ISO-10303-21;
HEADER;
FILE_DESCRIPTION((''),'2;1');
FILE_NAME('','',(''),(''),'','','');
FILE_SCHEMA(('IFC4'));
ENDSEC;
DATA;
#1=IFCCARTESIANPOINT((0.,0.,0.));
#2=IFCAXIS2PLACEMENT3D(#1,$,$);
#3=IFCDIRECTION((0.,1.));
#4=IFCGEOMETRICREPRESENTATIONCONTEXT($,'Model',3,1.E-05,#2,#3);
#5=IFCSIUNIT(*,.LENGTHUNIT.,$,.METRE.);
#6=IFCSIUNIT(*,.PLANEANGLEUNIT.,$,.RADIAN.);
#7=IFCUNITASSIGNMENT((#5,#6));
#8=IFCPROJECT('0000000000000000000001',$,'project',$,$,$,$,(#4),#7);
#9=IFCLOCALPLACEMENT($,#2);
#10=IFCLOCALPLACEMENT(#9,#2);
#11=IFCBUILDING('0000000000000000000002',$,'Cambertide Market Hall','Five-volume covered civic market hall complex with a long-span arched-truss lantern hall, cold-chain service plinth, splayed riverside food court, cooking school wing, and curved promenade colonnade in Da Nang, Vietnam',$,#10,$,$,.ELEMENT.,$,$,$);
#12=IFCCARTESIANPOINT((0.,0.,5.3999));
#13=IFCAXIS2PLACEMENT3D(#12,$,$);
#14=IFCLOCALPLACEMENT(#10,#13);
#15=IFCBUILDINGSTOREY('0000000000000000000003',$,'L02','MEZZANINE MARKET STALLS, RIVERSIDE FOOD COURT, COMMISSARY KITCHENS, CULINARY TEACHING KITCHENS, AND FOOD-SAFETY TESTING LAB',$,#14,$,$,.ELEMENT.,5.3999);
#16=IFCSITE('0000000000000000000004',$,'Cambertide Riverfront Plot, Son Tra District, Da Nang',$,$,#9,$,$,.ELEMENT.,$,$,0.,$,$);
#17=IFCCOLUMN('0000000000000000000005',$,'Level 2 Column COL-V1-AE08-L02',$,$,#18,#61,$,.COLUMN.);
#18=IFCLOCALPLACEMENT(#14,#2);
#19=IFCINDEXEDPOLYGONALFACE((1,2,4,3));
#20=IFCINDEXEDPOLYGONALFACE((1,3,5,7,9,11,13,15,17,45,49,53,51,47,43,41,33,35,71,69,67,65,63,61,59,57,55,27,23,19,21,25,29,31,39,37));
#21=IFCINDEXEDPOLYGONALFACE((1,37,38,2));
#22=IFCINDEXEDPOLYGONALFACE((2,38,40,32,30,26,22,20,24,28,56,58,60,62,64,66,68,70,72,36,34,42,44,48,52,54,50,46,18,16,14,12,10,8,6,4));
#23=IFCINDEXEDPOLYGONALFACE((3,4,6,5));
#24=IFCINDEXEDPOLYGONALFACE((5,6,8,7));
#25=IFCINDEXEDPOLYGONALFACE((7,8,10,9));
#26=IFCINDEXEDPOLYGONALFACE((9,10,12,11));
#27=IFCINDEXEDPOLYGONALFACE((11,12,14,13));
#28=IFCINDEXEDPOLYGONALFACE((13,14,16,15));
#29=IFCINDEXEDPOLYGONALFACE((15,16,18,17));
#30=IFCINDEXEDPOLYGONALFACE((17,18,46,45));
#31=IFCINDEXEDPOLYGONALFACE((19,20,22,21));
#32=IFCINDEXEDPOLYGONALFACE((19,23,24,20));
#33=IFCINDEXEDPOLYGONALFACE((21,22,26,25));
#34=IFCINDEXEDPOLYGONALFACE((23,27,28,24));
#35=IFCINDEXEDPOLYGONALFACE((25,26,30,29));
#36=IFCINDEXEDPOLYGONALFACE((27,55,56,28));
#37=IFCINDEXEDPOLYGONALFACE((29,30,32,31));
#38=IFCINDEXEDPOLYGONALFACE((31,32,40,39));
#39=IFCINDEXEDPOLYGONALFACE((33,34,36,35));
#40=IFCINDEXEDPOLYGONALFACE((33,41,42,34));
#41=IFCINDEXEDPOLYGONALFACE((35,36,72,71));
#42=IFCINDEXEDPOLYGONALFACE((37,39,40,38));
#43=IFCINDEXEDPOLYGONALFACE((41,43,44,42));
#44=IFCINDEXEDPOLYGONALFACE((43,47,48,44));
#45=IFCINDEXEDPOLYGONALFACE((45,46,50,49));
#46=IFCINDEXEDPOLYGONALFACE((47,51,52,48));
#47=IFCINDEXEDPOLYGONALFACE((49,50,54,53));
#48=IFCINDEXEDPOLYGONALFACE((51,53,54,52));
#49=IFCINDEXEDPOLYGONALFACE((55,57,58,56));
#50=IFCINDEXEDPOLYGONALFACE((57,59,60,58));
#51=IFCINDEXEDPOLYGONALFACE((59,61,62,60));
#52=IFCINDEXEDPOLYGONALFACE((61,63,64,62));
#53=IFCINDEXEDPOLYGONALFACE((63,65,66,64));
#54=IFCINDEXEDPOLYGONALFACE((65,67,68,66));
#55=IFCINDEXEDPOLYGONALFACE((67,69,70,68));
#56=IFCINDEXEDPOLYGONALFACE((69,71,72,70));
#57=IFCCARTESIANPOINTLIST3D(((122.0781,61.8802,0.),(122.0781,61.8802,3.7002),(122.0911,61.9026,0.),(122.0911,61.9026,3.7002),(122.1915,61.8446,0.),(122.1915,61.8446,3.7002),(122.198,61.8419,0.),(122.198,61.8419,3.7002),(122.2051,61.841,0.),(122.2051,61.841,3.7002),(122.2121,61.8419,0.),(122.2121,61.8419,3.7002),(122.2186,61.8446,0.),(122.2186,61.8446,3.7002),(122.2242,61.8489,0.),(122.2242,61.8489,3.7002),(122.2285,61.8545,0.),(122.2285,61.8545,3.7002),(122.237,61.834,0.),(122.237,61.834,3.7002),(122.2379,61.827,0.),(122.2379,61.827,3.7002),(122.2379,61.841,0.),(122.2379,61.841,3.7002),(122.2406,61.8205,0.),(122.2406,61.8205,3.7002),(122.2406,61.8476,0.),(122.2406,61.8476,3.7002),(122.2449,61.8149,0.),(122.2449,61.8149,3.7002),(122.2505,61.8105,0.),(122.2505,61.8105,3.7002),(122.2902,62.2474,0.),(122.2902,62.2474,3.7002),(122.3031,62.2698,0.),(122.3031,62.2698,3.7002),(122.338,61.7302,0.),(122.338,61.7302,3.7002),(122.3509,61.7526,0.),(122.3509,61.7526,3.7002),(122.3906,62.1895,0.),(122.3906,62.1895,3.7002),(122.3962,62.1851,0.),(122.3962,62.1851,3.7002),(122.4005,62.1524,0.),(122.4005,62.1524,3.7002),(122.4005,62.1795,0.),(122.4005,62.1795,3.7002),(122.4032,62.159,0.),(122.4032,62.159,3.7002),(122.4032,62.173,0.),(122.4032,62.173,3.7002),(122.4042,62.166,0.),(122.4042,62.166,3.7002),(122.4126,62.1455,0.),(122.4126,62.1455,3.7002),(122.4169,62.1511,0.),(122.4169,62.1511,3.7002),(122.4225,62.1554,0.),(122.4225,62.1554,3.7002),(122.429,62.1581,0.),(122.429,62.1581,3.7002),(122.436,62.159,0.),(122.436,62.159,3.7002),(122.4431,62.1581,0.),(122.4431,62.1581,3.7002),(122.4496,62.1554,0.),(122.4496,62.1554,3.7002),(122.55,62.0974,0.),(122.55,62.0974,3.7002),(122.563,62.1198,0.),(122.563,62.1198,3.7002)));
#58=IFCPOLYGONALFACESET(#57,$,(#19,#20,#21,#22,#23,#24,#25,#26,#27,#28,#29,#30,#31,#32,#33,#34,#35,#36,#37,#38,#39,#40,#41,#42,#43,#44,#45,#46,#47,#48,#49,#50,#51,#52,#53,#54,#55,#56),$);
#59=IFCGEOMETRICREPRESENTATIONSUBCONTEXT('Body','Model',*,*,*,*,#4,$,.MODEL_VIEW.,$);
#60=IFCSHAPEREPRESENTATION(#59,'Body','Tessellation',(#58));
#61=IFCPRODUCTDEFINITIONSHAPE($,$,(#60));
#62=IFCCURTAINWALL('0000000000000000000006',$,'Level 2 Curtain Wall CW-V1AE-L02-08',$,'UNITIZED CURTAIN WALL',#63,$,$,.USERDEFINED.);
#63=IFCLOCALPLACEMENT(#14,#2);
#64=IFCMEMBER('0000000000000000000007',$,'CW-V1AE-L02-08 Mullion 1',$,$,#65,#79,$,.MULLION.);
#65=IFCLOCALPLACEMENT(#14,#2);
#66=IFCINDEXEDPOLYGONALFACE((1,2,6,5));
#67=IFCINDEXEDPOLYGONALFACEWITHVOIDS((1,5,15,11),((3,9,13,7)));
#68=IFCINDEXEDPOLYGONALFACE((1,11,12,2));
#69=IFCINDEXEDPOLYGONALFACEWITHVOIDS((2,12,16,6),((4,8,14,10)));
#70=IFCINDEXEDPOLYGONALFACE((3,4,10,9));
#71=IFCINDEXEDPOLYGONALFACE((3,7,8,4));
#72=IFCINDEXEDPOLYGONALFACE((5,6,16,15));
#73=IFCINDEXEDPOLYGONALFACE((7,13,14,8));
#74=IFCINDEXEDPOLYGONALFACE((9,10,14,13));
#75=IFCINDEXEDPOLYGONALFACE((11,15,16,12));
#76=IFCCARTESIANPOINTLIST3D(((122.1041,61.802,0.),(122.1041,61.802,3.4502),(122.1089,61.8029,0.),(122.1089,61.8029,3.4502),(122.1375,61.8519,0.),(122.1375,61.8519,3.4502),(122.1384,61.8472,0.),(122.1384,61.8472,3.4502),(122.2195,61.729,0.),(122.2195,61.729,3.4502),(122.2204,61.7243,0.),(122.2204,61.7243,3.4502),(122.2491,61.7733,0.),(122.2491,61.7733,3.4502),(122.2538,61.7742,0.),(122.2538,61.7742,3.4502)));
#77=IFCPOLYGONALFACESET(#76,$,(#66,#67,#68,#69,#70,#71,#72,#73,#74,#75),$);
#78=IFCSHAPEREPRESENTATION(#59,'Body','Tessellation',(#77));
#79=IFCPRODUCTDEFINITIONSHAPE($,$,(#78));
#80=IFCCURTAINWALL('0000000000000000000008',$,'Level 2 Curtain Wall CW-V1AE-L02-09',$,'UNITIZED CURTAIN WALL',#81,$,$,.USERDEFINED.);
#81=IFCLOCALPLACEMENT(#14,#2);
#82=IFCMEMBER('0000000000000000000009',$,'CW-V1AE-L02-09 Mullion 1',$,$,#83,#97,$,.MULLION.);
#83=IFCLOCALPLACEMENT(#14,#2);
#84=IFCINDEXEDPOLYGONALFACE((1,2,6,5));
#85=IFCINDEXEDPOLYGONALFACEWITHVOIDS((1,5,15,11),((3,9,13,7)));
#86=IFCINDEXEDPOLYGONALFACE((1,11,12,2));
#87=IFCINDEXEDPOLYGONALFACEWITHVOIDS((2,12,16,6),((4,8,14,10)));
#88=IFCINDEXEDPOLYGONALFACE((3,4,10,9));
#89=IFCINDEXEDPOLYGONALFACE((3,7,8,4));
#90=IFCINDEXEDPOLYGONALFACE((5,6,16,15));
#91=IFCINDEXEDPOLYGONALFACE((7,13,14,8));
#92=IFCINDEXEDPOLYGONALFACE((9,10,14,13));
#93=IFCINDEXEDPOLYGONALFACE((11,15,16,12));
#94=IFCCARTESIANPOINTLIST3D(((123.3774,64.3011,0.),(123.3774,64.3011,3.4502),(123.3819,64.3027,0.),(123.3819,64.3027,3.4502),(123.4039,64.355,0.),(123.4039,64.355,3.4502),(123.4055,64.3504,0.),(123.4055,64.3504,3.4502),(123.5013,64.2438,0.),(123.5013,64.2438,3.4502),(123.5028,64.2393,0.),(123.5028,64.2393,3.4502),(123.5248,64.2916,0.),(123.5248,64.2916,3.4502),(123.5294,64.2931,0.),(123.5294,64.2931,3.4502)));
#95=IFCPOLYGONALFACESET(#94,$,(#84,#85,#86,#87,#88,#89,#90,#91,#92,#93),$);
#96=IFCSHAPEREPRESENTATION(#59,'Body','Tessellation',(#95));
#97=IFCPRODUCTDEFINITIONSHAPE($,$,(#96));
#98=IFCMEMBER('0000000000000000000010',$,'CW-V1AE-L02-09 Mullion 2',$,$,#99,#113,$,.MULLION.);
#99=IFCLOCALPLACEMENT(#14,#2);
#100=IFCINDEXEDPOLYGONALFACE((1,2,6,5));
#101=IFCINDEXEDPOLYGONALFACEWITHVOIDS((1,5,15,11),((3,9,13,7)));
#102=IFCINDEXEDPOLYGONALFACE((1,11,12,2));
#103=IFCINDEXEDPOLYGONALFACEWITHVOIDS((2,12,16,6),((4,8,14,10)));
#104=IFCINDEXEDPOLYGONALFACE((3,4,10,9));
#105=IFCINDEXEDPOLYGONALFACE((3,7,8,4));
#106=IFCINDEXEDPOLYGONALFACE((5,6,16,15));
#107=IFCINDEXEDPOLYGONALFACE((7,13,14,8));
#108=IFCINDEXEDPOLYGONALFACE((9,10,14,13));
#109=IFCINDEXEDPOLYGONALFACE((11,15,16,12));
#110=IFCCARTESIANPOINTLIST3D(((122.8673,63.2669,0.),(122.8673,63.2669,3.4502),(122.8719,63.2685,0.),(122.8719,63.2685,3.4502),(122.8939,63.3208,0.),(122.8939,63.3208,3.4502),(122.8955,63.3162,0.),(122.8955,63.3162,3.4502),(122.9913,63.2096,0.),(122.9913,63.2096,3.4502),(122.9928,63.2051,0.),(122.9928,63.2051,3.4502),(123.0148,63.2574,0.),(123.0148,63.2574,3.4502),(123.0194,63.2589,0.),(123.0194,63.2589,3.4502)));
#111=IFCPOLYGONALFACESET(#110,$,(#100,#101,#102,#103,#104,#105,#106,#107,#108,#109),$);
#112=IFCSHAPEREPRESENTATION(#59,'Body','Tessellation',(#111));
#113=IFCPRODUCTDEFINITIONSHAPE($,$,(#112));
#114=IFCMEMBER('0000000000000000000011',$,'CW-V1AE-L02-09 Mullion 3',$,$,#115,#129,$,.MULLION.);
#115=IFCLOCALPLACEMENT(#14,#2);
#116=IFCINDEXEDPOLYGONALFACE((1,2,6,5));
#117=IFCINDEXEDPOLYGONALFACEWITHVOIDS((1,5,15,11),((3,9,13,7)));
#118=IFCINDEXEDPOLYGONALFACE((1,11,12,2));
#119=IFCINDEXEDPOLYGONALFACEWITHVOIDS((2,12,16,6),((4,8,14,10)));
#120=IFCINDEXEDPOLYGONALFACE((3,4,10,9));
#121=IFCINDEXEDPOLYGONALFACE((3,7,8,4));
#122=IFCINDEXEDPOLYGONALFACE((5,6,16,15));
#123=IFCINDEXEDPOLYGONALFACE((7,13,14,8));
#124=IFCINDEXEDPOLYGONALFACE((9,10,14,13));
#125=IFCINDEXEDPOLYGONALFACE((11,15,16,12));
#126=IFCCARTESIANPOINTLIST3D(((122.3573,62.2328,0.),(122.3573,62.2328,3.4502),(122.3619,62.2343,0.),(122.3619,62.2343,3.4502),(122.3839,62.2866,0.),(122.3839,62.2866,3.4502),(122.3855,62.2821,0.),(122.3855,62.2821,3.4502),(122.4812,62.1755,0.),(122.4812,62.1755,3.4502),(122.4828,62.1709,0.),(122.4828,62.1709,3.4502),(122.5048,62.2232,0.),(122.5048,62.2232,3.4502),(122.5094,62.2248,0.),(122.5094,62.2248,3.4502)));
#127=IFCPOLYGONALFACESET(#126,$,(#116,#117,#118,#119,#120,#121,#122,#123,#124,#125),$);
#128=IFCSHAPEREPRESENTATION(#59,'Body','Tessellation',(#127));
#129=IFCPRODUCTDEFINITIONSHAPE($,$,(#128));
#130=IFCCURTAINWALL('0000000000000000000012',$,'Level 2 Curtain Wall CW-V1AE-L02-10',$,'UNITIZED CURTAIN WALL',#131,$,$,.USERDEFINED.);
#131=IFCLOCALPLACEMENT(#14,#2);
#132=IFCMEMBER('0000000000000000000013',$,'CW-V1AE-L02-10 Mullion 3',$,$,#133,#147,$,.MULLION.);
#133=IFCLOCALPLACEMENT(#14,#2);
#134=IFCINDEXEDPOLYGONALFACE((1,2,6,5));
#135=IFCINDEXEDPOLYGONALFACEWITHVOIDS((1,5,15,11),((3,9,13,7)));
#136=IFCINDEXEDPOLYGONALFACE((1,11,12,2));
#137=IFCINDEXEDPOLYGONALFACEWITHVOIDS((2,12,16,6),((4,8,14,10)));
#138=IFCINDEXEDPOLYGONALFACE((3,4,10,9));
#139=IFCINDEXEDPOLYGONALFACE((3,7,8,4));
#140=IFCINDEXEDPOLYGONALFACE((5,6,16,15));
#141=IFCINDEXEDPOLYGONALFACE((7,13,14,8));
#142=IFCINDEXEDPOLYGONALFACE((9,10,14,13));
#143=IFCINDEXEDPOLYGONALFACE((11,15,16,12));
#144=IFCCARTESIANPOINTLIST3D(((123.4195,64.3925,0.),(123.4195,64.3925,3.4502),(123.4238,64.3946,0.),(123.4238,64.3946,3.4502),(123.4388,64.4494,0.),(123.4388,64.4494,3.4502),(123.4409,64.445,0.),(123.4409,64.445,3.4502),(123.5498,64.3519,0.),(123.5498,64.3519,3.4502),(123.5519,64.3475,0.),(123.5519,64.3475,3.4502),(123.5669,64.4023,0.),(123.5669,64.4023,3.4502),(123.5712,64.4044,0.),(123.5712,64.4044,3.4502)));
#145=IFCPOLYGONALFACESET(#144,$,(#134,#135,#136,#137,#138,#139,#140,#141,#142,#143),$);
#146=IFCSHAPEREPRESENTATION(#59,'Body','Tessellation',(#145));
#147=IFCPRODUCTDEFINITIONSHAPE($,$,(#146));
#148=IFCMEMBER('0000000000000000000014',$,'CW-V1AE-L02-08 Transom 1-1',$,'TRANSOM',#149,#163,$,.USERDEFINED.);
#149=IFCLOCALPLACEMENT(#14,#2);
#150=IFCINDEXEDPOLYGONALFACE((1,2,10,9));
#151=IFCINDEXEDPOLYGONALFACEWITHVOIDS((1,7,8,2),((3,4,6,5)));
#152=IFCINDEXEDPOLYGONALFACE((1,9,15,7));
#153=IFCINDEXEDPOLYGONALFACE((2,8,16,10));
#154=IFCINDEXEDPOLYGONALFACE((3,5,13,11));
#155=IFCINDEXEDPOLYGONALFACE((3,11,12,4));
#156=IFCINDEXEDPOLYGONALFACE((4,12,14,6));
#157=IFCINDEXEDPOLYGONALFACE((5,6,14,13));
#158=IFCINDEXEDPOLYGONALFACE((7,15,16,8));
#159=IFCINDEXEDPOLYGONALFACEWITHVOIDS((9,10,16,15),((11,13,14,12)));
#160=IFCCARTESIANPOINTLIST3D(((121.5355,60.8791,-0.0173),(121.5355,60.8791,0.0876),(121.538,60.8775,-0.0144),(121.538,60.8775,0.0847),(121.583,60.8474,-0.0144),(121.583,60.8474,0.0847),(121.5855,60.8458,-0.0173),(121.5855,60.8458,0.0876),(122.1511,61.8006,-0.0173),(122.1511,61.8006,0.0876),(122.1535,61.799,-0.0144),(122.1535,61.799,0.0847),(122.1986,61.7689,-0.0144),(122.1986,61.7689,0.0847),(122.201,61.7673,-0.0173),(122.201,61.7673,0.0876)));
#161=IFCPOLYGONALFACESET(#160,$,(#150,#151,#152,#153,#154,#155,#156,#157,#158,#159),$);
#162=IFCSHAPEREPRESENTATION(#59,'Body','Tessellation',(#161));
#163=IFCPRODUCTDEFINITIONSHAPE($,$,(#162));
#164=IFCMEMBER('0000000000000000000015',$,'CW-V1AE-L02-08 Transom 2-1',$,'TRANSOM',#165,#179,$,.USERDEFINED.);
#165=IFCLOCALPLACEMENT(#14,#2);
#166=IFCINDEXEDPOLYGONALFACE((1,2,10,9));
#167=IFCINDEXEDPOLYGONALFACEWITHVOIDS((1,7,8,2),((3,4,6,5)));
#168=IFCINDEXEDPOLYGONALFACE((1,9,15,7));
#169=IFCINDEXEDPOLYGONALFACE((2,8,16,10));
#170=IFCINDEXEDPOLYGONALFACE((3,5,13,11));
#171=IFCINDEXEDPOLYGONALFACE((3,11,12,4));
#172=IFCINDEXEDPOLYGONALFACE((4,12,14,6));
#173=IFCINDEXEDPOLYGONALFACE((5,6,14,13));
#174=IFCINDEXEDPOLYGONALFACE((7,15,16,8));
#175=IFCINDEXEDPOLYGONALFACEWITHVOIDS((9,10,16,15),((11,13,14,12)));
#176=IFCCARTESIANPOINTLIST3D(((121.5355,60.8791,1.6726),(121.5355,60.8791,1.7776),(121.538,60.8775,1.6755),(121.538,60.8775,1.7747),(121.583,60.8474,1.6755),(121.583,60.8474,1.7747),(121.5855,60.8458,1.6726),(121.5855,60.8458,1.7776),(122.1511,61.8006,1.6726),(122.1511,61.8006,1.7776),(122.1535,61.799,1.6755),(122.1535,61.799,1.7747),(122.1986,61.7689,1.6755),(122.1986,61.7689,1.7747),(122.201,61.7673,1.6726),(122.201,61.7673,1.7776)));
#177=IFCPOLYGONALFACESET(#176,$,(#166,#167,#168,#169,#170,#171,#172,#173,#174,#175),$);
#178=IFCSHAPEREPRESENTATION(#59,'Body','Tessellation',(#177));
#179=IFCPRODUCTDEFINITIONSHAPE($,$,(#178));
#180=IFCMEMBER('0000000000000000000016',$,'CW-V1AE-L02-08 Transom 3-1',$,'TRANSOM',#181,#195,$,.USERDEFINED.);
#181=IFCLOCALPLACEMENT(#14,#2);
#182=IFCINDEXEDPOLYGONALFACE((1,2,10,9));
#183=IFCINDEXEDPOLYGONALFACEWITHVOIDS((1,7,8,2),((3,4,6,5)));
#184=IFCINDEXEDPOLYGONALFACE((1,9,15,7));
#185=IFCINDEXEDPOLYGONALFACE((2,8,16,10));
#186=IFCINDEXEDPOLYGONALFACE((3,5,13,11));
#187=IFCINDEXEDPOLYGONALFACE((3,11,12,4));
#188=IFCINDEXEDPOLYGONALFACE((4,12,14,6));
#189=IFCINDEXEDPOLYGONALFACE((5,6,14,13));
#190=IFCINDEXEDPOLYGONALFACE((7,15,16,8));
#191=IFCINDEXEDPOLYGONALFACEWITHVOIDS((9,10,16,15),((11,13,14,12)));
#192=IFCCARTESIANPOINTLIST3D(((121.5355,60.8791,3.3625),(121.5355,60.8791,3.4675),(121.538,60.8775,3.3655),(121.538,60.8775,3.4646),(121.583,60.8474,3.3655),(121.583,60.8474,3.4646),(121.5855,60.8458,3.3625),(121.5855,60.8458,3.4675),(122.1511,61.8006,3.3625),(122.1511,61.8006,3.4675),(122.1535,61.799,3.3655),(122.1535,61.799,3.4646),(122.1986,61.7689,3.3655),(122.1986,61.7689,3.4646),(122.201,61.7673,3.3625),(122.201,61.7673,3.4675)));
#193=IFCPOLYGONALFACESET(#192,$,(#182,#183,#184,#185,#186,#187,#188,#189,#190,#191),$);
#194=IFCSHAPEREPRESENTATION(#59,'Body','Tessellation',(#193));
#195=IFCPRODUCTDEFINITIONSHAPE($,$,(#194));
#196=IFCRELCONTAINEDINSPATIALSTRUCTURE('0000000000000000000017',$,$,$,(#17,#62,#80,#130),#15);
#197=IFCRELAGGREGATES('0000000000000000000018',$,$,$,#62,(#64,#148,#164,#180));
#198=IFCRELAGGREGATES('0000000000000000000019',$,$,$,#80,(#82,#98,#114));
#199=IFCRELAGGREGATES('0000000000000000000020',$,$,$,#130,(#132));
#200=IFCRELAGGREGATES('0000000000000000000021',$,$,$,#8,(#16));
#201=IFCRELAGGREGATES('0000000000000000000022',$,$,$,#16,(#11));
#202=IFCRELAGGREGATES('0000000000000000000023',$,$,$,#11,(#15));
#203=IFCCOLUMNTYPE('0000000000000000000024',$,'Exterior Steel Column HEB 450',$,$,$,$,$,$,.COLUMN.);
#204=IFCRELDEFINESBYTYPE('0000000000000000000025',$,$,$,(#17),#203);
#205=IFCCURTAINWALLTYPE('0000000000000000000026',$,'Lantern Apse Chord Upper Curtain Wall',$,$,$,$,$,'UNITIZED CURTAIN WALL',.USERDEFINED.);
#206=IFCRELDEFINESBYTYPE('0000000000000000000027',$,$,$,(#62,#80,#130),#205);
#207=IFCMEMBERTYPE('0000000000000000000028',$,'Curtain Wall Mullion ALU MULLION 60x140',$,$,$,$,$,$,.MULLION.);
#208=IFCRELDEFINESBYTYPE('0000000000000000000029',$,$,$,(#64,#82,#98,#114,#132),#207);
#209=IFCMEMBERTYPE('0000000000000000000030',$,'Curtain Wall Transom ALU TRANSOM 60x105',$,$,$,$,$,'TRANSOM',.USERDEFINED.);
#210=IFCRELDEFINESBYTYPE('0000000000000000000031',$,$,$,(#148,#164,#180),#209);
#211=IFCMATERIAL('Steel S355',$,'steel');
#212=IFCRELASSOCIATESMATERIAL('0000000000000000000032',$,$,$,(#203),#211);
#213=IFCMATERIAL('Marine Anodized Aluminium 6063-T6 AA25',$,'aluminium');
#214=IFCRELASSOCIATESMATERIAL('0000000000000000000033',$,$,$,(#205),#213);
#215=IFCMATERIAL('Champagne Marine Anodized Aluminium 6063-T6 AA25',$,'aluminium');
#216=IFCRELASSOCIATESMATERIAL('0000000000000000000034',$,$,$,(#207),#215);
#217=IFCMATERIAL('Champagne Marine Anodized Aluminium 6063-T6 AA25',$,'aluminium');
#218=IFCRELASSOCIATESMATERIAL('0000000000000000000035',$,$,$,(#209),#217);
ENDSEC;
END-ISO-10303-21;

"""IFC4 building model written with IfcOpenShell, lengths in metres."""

from ifc_helpers import new_model, si_unit, direction, frame, origin, origin_2d, place, context, subcontext, project, spatial, hollow_rectangle, i_section, extrude, material, material_profile, profile_set, type_object, element, aggregate, save


model = new_model("IFC4")

# Units and contexts
model_context = context("Model", 3, precision=1e-05, world=origin(), true_north=direction((0.0, 1.0)))
body_context = subcontext(model_context, "Body", "Model", "MODEL_VIEW")
ifc_project = project(units=[si_unit("LENGTHUNIT", "METRE"), si_unit("PLANEANGLEUNIT", "RADIAN")], contexts=[model_context])

# Site, building, storey
site_placement = place(None, origin())
site = spatial("IfcSite", under=ifc_project, at=site_placement, Name="Cambertide Riverfront Plot, Son Tra District, Da Nang", CompositionType="ELEMENT", RefElevation=0.0)
building_placement = place(site_placement, origin())
building = spatial("IfcBuilding", under=site, at=building_placement, Name="Cambertide Market Hall", Description="Five-volume covered civic market hall complex with a long-span arched-truss lantern hall, cold-chain service plinth, splayed riverside food court, cooking school wing, and curved promenade colonnade in Da Nang, Vietnam", CompositionType="ELEMENT")
storey_placement = place(building_placement, frame((0.0, 0.0, 5.3999)))
storey = spatial("IfcBuildingStorey", under=building, at=storey_placement, Name="L02", Description="MEZZANINE MARKET STALLS, RIVERSIDE FOOD COURT, COMMISSARY KITCHENS, CULINARY TEACHING KITCHENS, AND FOOD-SAFETY TESTING LAB", CompositionType="ELEMENT", Elevation=5.3999)

# Column
ifc_material_1 = material(Name="Steel S355", Category="steel")
ifc_material_profile_1 = material_profile(ifc_material_1, i_section(OverallWidth=0.3, OverallDepth=0.45, WebThickness=0.0139, FlangeThickness=0.0259, FilletRadius=0.0271, at=origin_2d()), Name="HEB 450")
ifc_profile_set_1 = profile_set([ifc_material_profile_1], Name="Steel S355")
column_type = type_object("IfcColumnType", Name="Exterior Steel Column HEB 450", PredefinedType="COLUMN", material=ifc_profile_set_1)
column_placement = place(storey_placement, frame((122.3206, 62.0, 0.0), z_axis=(0.0, 0.0, 1.0), x_axis=(0.866025, -0.5, 0.0)))
element("IfcColumn", 1, at=column_placement, inside=storey, type_object=column_type, Name="Level 2 Column COL-V1-AE08-L02", PredefinedType="COLUMN", context=body_context, shape_type="SweptSolid", body=[
    extrude(i_section(OverallWidth=0.3, OverallDepth=0.45, WebThickness=0.0139, FlangeThickness=0.0259, FilletRadius=0.0271, at=origin_2d()), origin(), (0.0, 0.0, 1.0), 3.7002),
])

# Curtain wall, member
ifc_material_2 = material(Name="Marine Anodized Aluminium 6063-T6 AA25", Category="aluminium")
curtain_wall_type = type_object("IfcCurtainWallType", Name="Lantern Apse Chord Upper Curtain Wall", ElementType="UNITIZED CURTAIN WALL", PredefinedType="USERDEFINED", material=ifc_material_2)
curtain_wall_1_placement = place(storey_placement, origin())
curtain_wall_1 = element("IfcCurtainWall", 2, at=curtain_wall_1_placement, inside=storey, type_object=curtain_wall_type, Name="Level 2 Curtain Wall CW-V1AE-L02-08", ObjectType="UNITIZED CURTAIN WALL", PredefinedType="USERDEFINED")
ifc_material_3 = material(Name="Champagne Marine Anodized Aluminium 6063-T6 AA25", Category="aluminium")
ifc_material_profile_2 = material_profile(ifc_material_3, hollow_rectangle(XDim=0.0601, YDim=0.1399, WallThickness=0.0034, at=origin_2d()), Name="ALU MULLION 60x140")
ifc_profile_set_2 = profile_set([ifc_material_profile_2], Name="Champagne Marine Anodized Aluminium 6063-T6 AA25")
member_type_1 = type_object("IfcMemberType", Name="Curtain Wall Mullion ALU MULLION 60x140", PredefinedType="MULLION", material=ifc_profile_set_2)
member_1_placement = place(storey_placement, frame((122.179, 61.7881, 0.0), z_axis=(0.0, 0.0, 1.0), x_axis=(-0.55557, -0.83147, 0.0)))
member_1 = element("IfcMember", 3, at=member_1_placement, type_object=member_type_1, Name="CW-V1AE-L02-08 Mullion 1", PredefinedType="MULLION", context=body_context, shape_type="SweptSolid", body=[
    extrude(hollow_rectangle(XDim=0.0601, YDim=0.1399, WallThickness=0.0034, at=origin_2d()), origin(), (0.0, 0.0, 1.0), 3.4502),
])

# Curtain wall, members
curtain_wall_2_placement = place(storey_placement, origin())
curtain_wall_2 = element("IfcCurtainWall", 4, at=curtain_wall_2_placement, inside=storey, type_object=curtain_wall_type, Name="Level 2 Curtain Wall CW-V1AE-L02-09", ObjectType="UNITIZED CURTAIN WALL", PredefinedType="USERDEFINED")
member_2_placement = place(storey_placement, frame((123.4534, 64.2971, 0.0), z_axis=(0.0, 0.0, 1.0), x_axis=(-0.442289, -0.896873, 0.0)))
member_2 = element("IfcMember", 5, at=member_2_placement, type_object=member_type_1, Name="CW-V1AE-L02-09 Mullion 1", PredefinedType="MULLION", context=body_context, shape_type="SweptSolid", body=[
    extrude(hollow_rectangle(XDim=0.0601, YDim=0.1399, WallThickness=0.0034, at=origin_2d()), origin(), (0.0, 0.0, 1.0), 3.4502),
])
member_3_placement = place(storey_placement, frame((122.9434, 63.2629, 0.0), z_axis=(0.0, 0.0, 1.0), x_axis=(-0.442289, -0.896873, 0.0)))
member_3 = element("IfcMember", 6, at=member_3_placement, type_object=member_type_1, Name="CW-V1AE-L02-09 Mullion 2", PredefinedType="MULLION", context=body_context, shape_type="SweptSolid", body=[
    extrude(hollow_rectangle(XDim=0.0601, YDim=0.1399, WallThickness=0.0034, at=origin_2d()), origin(), (0.0, 0.0, 1.0), 3.4502),
])
member_4_placement = place(storey_placement, frame((122.4333, 62.2288, 0.0), z_axis=(0.0, 0.0, 1.0), x_axis=(-0.442289, -0.896873, 0.0)))
member_4 = element("IfcMember", 7, at=member_4_placement, type_object=member_type_1, Name="CW-V1AE-L02-09 Mullion 3", PredefinedType="MULLION", context=body_context, shape_type="SweptSolid", body=[
    extrude(hollow_rectangle(XDim=0.0601, YDim=0.1399, WallThickness=0.0034, at=origin_2d()), origin(), (0.0, 0.0, 1.0), 3.4502),
])

# Curtain wall, member
curtain_wall_3_placement = place(storey_placement, origin())
curtain_wall_3 = element("IfcCurtainWall", 8, at=curtain_wall_3_placement, inside=storey, type_object=curtain_wall_type, Name="Level 2 Curtain Wall CW-V1AE-L02-10", ObjectType="UNITIZED CURTAIN WALL", PredefinedType="USERDEFINED")
member_5_placement = place(storey_placement, frame((123.4954, 64.3984, 0.0), z_axis=(0.0, 0.0, 1.0), x_axis=(-0.321439, -0.94693, 0.0)))
member_5 = element("IfcMember", 9, at=member_5_placement, type_object=member_type_1, Name="CW-V1AE-L02-10 Mullion 3", PredefinedType="MULLION", context=body_context, shape_type="SweptSolid", body=[
    extrude(hollow_rectangle(XDim=0.0601, YDim=0.1399, WallThickness=0.0034, at=origin_2d()), origin(), (0.0, 0.0, 1.0), 3.4502),
])

# Members
ifc_material_4 = material(Name="Champagne Marine Anodized Aluminium 6063-T6 AA25", Category="aluminium")
ifc_material_profile_3 = material_profile(ifc_material_4, hollow_rectangle(XDim=0.0601, YDim=0.105, WallThickness=0.0029, at=origin_2d()), Name="ALU TRANSOM 60x105")
ifc_profile_set_3 = profile_set([ifc_material_profile_3], Name="Champagne Marine Anodized Aluminium 6063-T6 AA25")
member_type_2 = type_object("IfcMemberType", Name="Curtain Wall Transom ALU TRANSOM 60x105", ElementType="TRANSOM", PredefinedType="USERDEFINED", material=ifc_profile_set_3)
member_6_placement = place(storey_placement, frame((122.176, 61.7839, 0.0352), z_axis=(-0.555463, -0.831541, 0.0), x_axis=(0.831541, -0.555463, 0.0)))
member_6 = element("IfcMember", 10, at=member_6_placement, type_object=member_type_2, Name="CW-V1AE-L02-08 Transom 1-1", ObjectType="TRANSOM", PredefinedType="USERDEFINED", context=body_context, shape_type="SweptSolid", body=[
    extrude(hollow_rectangle(XDim=0.0601, YDim=0.105, WallThickness=0.0029, at=origin_2d()), origin(), (0.0, 0.0, 1.0), 1.1082),
])
member_7_placement = place(storey_placement, frame((122.176, 61.7839, 1.7251), z_axis=(-0.555463, -0.831541, 0.0), x_axis=(0.831541, -0.555463, 0.0)))
member_7 = element("IfcMember", 11, at=member_7_placement, type_object=member_type_2, Name="CW-V1AE-L02-08 Transom 2-1", ObjectType="TRANSOM", PredefinedType="USERDEFINED", context=body_context, shape_type="SweptSolid", body=[
    extrude(hollow_rectangle(XDim=0.0601, YDim=0.105, WallThickness=0.0029, at=origin_2d()), origin(), (0.0, 0.0, 1.0), 1.1082),
])
member_8_placement = place(storey_placement, frame((122.176, 61.7839, 3.415), z_axis=(-0.555463, -0.831541, 0.0), x_axis=(0.831541, -0.555463, 0.0)))
member_8 = element("IfcMember", 12, at=member_8_placement, type_object=member_type_2, Name="CW-V1AE-L02-08 Transom 3-1", ObjectType="TRANSOM", PredefinedType="USERDEFINED", context=body_context, shape_type="SweptSolid", body=[
    extrude(hollow_rectangle(XDim=0.0601, YDim=0.105, WallThickness=0.0029, at=origin_2d()), origin(), (0.0, 0.0, 1.0), 1.1082),
])

aggregate(curtain_wall_1, [member_1, member_6, member_7, member_8])
aggregate(curtain_wall_2, [member_2, member_3, member_4])
aggregate(curtain_wall_3, [member_5])

save(model, "model.ifc")
